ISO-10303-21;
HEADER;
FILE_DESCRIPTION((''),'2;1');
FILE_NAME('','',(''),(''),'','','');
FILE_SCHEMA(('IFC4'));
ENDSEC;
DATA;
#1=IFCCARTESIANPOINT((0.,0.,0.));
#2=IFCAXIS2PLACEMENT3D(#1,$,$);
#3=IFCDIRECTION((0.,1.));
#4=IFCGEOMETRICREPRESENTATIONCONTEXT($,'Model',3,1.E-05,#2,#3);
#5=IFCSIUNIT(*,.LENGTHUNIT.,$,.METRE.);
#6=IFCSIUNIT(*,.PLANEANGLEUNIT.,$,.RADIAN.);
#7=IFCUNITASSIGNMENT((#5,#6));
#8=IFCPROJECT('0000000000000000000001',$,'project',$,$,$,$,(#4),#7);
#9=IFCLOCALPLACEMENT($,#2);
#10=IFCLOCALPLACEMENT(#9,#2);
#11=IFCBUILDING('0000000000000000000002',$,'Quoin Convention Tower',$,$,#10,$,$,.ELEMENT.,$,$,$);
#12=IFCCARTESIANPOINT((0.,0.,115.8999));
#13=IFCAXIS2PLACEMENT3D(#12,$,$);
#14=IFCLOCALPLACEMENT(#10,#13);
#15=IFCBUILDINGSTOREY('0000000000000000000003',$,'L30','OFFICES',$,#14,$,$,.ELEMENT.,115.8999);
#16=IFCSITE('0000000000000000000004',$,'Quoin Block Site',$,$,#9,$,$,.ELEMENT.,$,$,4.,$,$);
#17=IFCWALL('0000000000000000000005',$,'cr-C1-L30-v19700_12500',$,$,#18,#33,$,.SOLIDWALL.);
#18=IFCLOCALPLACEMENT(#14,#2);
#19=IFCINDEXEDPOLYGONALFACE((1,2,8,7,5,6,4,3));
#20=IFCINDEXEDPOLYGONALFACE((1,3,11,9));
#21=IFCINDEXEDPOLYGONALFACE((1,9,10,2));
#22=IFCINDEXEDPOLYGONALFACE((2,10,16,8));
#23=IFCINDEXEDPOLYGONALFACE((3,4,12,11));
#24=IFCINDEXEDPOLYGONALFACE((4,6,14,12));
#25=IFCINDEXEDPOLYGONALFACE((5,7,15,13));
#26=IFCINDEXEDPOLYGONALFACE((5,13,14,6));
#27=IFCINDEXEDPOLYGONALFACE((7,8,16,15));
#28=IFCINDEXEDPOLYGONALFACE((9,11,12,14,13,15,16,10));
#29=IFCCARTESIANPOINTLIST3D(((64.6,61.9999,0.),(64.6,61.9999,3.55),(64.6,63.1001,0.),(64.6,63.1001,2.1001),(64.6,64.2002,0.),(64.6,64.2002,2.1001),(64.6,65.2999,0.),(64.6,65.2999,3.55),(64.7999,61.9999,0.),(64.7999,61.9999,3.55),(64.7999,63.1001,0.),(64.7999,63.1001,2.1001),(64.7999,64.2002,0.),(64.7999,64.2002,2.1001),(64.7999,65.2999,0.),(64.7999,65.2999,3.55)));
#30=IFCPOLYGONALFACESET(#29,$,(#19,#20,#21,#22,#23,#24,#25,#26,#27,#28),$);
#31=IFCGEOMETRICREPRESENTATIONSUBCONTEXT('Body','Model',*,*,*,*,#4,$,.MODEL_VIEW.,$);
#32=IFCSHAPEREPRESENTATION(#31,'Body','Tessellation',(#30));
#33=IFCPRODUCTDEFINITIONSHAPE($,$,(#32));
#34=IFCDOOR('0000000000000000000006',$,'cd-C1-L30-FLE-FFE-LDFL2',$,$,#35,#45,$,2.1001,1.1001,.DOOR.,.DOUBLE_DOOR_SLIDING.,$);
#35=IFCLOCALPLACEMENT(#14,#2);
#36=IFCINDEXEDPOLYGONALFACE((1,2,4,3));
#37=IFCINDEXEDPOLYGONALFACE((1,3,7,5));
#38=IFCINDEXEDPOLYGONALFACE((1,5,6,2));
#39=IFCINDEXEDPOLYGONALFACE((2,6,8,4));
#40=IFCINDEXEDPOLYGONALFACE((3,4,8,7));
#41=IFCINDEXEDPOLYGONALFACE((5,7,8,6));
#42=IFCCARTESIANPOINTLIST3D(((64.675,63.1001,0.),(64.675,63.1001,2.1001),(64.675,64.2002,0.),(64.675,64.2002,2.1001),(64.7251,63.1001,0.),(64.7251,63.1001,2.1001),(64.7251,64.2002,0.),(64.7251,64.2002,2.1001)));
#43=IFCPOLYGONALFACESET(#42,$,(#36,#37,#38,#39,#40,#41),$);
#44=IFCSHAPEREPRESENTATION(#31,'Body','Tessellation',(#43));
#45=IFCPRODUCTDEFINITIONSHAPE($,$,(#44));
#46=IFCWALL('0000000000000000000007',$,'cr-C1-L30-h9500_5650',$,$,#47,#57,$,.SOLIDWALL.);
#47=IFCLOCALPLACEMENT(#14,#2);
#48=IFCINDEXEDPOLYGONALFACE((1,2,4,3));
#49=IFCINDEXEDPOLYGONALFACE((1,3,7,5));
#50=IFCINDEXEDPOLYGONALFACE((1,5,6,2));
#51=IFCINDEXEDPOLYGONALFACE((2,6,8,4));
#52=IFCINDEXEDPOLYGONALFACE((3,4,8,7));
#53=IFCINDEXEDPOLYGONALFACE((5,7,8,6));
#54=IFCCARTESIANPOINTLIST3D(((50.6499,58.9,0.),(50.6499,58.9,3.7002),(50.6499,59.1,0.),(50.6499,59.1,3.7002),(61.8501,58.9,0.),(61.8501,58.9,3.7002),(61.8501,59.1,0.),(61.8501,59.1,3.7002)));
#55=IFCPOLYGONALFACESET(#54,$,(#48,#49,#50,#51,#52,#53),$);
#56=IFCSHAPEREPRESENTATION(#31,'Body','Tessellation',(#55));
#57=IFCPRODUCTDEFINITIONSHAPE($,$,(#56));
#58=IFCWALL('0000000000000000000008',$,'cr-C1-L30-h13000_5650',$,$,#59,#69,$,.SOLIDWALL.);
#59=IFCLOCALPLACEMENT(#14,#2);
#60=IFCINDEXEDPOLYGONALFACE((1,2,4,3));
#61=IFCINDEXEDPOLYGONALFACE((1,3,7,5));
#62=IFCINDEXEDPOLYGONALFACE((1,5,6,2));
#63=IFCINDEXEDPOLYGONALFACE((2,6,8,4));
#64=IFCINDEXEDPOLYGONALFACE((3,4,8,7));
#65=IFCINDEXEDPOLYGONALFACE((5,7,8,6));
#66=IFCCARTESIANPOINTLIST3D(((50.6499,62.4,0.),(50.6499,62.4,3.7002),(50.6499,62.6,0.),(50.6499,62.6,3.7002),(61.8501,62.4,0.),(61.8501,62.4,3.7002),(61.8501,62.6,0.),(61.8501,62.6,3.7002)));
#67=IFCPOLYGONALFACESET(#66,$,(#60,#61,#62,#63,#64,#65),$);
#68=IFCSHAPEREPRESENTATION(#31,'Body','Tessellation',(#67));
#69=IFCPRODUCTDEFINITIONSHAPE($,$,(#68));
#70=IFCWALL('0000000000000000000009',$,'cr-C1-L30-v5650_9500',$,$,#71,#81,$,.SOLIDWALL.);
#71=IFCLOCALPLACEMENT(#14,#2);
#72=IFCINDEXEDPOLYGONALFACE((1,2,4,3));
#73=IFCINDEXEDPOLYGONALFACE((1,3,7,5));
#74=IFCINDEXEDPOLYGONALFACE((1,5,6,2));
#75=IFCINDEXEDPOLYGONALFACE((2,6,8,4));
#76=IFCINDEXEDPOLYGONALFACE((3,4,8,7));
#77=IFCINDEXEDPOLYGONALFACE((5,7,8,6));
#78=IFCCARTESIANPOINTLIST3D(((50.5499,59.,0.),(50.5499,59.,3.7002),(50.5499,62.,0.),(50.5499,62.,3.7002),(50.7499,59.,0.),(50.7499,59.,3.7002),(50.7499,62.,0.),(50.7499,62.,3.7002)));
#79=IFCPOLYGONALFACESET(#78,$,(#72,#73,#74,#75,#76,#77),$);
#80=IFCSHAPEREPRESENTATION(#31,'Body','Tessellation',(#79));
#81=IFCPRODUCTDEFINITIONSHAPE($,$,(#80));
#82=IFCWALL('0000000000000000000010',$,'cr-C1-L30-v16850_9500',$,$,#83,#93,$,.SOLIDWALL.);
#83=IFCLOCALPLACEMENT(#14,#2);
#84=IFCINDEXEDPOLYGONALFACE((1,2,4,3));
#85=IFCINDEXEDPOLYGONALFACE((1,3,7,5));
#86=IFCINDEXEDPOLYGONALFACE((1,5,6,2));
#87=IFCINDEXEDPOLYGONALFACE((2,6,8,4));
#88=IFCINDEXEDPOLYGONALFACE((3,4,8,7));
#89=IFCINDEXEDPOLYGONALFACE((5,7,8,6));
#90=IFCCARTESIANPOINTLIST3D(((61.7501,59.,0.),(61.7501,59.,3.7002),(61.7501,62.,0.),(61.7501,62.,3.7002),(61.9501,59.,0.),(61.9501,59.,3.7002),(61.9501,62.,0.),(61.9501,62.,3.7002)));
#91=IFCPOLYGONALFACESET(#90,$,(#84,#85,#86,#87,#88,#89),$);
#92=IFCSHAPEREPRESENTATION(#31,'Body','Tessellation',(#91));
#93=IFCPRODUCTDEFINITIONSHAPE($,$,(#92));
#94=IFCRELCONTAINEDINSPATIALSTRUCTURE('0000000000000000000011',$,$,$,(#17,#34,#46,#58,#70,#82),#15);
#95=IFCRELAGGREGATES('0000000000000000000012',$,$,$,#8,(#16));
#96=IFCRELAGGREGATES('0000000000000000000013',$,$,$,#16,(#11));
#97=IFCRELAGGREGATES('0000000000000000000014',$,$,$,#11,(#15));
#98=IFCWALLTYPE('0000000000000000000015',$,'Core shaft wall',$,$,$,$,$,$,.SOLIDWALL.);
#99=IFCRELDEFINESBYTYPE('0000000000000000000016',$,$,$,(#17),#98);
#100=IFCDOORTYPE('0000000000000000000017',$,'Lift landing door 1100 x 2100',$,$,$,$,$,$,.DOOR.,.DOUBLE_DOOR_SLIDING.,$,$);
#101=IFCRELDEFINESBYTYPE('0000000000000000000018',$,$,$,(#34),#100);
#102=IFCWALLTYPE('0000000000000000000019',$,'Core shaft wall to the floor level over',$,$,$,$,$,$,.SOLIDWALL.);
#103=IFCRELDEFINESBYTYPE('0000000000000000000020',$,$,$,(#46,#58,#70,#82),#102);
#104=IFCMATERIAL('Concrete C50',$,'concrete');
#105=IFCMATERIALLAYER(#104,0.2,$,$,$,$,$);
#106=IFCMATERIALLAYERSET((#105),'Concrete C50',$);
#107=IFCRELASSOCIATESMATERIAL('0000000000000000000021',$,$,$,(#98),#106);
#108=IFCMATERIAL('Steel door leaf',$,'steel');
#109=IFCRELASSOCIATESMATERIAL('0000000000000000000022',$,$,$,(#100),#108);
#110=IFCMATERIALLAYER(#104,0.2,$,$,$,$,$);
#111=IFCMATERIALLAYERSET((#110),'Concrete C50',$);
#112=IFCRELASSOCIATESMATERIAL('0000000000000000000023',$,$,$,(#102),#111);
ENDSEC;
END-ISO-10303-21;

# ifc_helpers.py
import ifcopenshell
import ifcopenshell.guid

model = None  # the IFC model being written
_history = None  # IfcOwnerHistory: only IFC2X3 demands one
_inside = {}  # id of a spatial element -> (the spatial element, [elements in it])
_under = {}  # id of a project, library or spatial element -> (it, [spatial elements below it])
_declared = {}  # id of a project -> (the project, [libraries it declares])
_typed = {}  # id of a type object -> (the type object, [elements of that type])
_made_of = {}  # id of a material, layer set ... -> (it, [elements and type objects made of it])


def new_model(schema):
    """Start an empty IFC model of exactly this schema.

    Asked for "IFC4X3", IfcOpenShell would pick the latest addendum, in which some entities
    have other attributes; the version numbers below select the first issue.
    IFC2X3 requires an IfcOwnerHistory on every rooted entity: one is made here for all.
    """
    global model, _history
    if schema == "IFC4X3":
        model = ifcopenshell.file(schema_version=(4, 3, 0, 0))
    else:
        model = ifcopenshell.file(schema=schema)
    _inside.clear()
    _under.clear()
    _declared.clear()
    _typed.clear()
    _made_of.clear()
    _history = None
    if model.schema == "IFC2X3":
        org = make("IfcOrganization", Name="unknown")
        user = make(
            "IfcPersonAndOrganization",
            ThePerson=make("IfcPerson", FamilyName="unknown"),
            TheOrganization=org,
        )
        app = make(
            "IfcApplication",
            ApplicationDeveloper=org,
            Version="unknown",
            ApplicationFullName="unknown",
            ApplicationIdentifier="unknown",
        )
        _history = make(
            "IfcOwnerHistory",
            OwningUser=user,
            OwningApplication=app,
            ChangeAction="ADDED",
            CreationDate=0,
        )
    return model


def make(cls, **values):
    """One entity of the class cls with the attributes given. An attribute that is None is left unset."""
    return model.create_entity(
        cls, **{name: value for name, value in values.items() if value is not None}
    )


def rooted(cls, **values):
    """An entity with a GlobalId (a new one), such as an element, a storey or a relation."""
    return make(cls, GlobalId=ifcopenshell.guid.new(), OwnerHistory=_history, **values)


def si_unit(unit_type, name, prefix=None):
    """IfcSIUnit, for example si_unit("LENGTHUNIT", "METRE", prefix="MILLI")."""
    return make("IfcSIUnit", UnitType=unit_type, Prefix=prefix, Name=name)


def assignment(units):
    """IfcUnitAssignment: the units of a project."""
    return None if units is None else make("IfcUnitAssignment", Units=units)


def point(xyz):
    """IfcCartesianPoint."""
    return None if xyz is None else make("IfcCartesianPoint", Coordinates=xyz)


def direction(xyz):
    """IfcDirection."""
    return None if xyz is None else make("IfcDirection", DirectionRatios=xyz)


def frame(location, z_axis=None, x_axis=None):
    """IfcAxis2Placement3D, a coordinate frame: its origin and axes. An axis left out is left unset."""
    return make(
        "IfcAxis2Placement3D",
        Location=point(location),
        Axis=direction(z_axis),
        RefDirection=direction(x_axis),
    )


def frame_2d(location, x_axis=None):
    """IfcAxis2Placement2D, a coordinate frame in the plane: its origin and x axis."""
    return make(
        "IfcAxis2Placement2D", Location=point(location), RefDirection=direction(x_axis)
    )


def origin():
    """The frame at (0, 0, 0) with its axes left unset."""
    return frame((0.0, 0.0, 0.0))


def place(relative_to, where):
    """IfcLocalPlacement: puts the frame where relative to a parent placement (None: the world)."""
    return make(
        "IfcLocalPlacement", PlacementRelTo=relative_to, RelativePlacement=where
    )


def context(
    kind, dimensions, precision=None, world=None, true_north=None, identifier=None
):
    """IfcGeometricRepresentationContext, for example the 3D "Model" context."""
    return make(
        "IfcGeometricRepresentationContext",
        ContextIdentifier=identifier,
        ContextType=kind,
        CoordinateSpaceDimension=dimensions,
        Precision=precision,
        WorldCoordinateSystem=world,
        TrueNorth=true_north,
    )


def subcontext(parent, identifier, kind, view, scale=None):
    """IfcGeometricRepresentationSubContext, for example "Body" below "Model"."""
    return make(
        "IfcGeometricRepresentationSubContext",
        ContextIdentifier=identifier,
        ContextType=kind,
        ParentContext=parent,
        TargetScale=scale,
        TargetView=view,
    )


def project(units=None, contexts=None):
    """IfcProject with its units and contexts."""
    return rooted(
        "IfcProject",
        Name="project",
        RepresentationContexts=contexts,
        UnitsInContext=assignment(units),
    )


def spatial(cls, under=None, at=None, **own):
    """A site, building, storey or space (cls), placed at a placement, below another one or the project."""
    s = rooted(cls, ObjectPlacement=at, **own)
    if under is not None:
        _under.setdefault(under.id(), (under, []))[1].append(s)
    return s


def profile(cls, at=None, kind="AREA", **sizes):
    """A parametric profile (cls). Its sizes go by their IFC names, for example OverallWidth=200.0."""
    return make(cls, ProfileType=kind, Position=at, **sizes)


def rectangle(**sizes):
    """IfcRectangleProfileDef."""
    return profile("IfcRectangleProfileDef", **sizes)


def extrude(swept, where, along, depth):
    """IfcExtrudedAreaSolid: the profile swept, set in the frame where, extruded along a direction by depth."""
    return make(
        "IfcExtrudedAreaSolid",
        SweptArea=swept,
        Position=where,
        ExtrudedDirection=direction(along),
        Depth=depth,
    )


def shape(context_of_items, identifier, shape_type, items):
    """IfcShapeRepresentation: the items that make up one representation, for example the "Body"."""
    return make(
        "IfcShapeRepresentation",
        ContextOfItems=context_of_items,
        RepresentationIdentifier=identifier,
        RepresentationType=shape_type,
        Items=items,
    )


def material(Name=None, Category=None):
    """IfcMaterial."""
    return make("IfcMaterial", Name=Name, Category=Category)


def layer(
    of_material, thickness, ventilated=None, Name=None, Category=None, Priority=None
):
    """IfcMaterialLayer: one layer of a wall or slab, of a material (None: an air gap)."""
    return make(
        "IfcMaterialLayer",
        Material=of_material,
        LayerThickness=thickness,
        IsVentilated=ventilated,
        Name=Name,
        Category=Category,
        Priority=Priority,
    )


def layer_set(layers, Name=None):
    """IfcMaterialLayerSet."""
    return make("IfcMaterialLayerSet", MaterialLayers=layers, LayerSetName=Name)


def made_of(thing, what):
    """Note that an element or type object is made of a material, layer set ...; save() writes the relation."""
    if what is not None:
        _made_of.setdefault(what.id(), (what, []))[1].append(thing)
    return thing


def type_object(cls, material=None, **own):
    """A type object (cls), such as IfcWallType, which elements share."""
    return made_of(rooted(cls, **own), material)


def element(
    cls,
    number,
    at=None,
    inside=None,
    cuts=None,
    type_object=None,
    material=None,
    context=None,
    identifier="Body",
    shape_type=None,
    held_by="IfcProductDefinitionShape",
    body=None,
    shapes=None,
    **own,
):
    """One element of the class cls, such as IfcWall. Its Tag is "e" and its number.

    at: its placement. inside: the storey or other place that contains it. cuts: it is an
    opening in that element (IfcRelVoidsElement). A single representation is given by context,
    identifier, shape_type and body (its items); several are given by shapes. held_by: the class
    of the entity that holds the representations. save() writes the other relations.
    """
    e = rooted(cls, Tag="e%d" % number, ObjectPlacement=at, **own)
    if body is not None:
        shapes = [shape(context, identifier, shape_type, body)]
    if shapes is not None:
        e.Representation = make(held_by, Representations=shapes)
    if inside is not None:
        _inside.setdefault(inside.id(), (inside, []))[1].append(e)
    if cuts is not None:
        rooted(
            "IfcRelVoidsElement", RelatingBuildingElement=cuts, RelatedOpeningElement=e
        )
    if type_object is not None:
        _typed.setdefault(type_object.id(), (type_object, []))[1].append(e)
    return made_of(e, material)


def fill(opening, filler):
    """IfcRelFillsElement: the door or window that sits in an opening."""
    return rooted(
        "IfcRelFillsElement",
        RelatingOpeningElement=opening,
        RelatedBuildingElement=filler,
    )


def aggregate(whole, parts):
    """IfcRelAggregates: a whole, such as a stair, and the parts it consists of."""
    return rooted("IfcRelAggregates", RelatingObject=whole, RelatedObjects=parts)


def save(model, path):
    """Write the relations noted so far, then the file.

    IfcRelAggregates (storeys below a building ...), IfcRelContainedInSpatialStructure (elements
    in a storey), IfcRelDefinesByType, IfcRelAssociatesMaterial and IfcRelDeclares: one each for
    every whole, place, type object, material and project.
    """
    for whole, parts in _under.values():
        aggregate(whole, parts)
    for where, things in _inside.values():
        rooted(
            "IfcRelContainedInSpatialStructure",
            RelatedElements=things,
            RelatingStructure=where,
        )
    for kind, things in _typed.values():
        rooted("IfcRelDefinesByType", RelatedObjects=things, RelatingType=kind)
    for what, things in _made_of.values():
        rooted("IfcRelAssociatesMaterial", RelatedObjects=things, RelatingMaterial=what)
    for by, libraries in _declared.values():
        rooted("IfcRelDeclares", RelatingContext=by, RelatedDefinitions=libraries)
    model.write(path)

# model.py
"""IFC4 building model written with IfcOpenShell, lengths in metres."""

from ifc_helpers import new_model, si_unit, direction, frame, frame_2d, origin, place, context, subcontext, project, spatial, rectangle, extrude, material, layer, layer_set, type_object, element, fill, save


model = new_model("IFC4")

# Units and contexts
model_context = context("Model", 3, precision=1e-05, world=origin(), true_north=direction((0.0, 1.0)))
body_context = subcontext(model_context, "Body", "Model", "MODEL_VIEW")
ifc_project = project(units=[si_unit("LENGTHUNIT", "METRE"), si_unit("PLANEANGLEUNIT", "RADIAN")], contexts=[model_context])

# Site, building, storey
site_placement = place(None, origin())
site = spatial("IfcSite", under=ifc_project, at=site_placement, Name="Quoin Block Site", CompositionType="ELEMENT", RefElevation=4.0)
building_placement = place(site_placement, origin())
building = spatial("IfcBuilding", under=site, at=building_placement, Name="Quoin Convention Tower", CompositionType="ELEMENT")
storey_placement = place(building_placement, frame((0.0, 0.0, 115.8999)))
storey = spatial("IfcBuildingStorey", under=building, at=storey_placement, Name="L30", Description="OFFICES", CompositionType="ELEMENT", Elevation=115.8999)

# Shared definitions
ifc_material_1 = material(Name="Concrete C50", Category="concrete")
ifc_layer_1 = layer(ifc_material_1, 0.2)
ifc_layer_set_1 = layer_set([ifc_layer_1], Name="Concrete C50")
wall_type_1 = type_object("IfcWallType", Name="Core shaft wall", PredefinedType="SOLIDWALL", material=ifc_layer_set_1)

# Shared definitions
ifc_material_2 = material(Name="Steel door leaf", Category="steel")

# Wall, opening, door
wall_1_placement = place(storey_placement, frame((64.7, 62.0, 0.0), z_axis=(0.0, 0.0, 1.0), x_axis=(0.0, 1.0, 0.0)))
wall_1 = element("IfcWall", 1, at=wall_1_placement, inside=storey, type_object=wall_type_1, Name="cr-C1-L30-v19700_12500", PredefinedType="SOLIDWALL", context=body_context, shape_type="SweptSolid", body=[
    extrude(rectangle(XDim=3.3, YDim=0.2, at=frame_2d((1.6499, 0.0))), origin(), (0.0, 0.0, 1.0), 3.55),
])
opening_1_placement = place(wall_1_placement, frame((1.1001, 0.0, 0.0)))
opening_1 = element("IfcOpeningElement", 2, at=opening_1_placement, cuts=wall_1, PredefinedType="OPENING", context=body_context, shape_type="SweptSolid", body=[
    extrude(rectangle(XDim=1.1001, YDim=2.1001, at=frame_2d((0.55, 1.05))), frame((0.0, 0.1099, 0.0), z_axis=(0.0, -1.0, 0.0), x_axis=(1.0, 0.0, 0.0)), (0.0, 0.0, 1.0), 0.22),
])
door_type_1 = type_object("IfcDoorType", Name="Lift landing door 1100 x 2100", OperationType="DOUBLE_DOOR_SLIDING", PredefinedType="DOOR", material=ifc_material_2)
door_1_placement = place(opening_1_placement, origin())
door_1 = element("IfcDoor", 3, at=door_1_placement, inside=storey, type_object=door_type_1, Name="cd-C1-L30-FLE-FFE-LDFL2", OperationType="DOUBLE_DOOR_SLIDING", OverallHeight=2.1001, OverallWidth=1.1001, PredefinedType="DOOR", context=body_context, shape_type="SweptSolid", body=[
    extrude(rectangle(XDim=1.1001, YDim=2.1001, at=frame_2d((0.55, 1.05))), frame((0.0, 0.0249, 0.0), z_axis=(0.0, -1.0, 0.0), x_axis=(1.0, 0.0, 0.0)), (0.0, 0.0, 1.0), 0.05),
])
fill(opening_1, door_1)

# Walls
ifc_layer_2 = layer(ifc_material_1, 0.2)
ifc_layer_set_2 = layer_set([ifc_layer_2], Name="Concrete C50")
wall_type_2 = type_object("IfcWallType", Name="Core shaft wall to the floor level over", PredefinedType="SOLIDWALL", material=ifc_layer_set_2)
for number, where, z_axis, x_axis, name in (
    (4, (50.6499, 59.0, 0.0), (0.0, 0.0, 1.0), (1.0, 0.0, 0.0), "cr-C1-L30-h9500_5650"),
    (5, (50.6499, 62.5, 0.0), (0.0, 0.0, 1.0), (1.0, 0.0, 0.0), "cr-C1-L30-h13000_5650"),
):
    element("IfcWall", number, at=place(storey_placement, frame(where, z_axis=z_axis, x_axis=x_axis)), inside=storey, type_object=wall_type_2, Name=name, PredefinedType="SOLIDWALL", context=body_context, shape_type="SweptSolid", body=[
        extrude(rectangle(XDim=11.2002, YDim=0.2, at=frame_2d((5.6001, 0.0))), origin(), (0.0, 0.0, 1.0), 3.7002),
    ])
for number, where, z_axis, x_axis, name in (
    (6, (50.6499, 59.0, 0.0), (0.0, 0.0, 1.0), (0.0, 1.0, 0.0), "cr-C1-L30-v5650_9500"),
    (7, (61.8501, 59.0, 0.0), (0.0, 0.0, 1.0), (0.0, 1.0, 0.0), "cr-C1-L30-v16850_9500"),
):
    element("IfcWall", number, at=place(storey_placement, frame(where, z_axis=z_axis, x_axis=x_axis)), inside=storey, type_object=wall_type_2, Name=name, PredefinedType="SOLIDWALL", context=body_context, shape_type="SweptSolid", body=[
        extrude(rectangle(XDim=3.0, YDim=0.2, at=frame_2d((1.5, 0.0))), origin(), (0.0, 0.0, 1.0), 3.7002),
    ])

save(model, "model.ifc")
